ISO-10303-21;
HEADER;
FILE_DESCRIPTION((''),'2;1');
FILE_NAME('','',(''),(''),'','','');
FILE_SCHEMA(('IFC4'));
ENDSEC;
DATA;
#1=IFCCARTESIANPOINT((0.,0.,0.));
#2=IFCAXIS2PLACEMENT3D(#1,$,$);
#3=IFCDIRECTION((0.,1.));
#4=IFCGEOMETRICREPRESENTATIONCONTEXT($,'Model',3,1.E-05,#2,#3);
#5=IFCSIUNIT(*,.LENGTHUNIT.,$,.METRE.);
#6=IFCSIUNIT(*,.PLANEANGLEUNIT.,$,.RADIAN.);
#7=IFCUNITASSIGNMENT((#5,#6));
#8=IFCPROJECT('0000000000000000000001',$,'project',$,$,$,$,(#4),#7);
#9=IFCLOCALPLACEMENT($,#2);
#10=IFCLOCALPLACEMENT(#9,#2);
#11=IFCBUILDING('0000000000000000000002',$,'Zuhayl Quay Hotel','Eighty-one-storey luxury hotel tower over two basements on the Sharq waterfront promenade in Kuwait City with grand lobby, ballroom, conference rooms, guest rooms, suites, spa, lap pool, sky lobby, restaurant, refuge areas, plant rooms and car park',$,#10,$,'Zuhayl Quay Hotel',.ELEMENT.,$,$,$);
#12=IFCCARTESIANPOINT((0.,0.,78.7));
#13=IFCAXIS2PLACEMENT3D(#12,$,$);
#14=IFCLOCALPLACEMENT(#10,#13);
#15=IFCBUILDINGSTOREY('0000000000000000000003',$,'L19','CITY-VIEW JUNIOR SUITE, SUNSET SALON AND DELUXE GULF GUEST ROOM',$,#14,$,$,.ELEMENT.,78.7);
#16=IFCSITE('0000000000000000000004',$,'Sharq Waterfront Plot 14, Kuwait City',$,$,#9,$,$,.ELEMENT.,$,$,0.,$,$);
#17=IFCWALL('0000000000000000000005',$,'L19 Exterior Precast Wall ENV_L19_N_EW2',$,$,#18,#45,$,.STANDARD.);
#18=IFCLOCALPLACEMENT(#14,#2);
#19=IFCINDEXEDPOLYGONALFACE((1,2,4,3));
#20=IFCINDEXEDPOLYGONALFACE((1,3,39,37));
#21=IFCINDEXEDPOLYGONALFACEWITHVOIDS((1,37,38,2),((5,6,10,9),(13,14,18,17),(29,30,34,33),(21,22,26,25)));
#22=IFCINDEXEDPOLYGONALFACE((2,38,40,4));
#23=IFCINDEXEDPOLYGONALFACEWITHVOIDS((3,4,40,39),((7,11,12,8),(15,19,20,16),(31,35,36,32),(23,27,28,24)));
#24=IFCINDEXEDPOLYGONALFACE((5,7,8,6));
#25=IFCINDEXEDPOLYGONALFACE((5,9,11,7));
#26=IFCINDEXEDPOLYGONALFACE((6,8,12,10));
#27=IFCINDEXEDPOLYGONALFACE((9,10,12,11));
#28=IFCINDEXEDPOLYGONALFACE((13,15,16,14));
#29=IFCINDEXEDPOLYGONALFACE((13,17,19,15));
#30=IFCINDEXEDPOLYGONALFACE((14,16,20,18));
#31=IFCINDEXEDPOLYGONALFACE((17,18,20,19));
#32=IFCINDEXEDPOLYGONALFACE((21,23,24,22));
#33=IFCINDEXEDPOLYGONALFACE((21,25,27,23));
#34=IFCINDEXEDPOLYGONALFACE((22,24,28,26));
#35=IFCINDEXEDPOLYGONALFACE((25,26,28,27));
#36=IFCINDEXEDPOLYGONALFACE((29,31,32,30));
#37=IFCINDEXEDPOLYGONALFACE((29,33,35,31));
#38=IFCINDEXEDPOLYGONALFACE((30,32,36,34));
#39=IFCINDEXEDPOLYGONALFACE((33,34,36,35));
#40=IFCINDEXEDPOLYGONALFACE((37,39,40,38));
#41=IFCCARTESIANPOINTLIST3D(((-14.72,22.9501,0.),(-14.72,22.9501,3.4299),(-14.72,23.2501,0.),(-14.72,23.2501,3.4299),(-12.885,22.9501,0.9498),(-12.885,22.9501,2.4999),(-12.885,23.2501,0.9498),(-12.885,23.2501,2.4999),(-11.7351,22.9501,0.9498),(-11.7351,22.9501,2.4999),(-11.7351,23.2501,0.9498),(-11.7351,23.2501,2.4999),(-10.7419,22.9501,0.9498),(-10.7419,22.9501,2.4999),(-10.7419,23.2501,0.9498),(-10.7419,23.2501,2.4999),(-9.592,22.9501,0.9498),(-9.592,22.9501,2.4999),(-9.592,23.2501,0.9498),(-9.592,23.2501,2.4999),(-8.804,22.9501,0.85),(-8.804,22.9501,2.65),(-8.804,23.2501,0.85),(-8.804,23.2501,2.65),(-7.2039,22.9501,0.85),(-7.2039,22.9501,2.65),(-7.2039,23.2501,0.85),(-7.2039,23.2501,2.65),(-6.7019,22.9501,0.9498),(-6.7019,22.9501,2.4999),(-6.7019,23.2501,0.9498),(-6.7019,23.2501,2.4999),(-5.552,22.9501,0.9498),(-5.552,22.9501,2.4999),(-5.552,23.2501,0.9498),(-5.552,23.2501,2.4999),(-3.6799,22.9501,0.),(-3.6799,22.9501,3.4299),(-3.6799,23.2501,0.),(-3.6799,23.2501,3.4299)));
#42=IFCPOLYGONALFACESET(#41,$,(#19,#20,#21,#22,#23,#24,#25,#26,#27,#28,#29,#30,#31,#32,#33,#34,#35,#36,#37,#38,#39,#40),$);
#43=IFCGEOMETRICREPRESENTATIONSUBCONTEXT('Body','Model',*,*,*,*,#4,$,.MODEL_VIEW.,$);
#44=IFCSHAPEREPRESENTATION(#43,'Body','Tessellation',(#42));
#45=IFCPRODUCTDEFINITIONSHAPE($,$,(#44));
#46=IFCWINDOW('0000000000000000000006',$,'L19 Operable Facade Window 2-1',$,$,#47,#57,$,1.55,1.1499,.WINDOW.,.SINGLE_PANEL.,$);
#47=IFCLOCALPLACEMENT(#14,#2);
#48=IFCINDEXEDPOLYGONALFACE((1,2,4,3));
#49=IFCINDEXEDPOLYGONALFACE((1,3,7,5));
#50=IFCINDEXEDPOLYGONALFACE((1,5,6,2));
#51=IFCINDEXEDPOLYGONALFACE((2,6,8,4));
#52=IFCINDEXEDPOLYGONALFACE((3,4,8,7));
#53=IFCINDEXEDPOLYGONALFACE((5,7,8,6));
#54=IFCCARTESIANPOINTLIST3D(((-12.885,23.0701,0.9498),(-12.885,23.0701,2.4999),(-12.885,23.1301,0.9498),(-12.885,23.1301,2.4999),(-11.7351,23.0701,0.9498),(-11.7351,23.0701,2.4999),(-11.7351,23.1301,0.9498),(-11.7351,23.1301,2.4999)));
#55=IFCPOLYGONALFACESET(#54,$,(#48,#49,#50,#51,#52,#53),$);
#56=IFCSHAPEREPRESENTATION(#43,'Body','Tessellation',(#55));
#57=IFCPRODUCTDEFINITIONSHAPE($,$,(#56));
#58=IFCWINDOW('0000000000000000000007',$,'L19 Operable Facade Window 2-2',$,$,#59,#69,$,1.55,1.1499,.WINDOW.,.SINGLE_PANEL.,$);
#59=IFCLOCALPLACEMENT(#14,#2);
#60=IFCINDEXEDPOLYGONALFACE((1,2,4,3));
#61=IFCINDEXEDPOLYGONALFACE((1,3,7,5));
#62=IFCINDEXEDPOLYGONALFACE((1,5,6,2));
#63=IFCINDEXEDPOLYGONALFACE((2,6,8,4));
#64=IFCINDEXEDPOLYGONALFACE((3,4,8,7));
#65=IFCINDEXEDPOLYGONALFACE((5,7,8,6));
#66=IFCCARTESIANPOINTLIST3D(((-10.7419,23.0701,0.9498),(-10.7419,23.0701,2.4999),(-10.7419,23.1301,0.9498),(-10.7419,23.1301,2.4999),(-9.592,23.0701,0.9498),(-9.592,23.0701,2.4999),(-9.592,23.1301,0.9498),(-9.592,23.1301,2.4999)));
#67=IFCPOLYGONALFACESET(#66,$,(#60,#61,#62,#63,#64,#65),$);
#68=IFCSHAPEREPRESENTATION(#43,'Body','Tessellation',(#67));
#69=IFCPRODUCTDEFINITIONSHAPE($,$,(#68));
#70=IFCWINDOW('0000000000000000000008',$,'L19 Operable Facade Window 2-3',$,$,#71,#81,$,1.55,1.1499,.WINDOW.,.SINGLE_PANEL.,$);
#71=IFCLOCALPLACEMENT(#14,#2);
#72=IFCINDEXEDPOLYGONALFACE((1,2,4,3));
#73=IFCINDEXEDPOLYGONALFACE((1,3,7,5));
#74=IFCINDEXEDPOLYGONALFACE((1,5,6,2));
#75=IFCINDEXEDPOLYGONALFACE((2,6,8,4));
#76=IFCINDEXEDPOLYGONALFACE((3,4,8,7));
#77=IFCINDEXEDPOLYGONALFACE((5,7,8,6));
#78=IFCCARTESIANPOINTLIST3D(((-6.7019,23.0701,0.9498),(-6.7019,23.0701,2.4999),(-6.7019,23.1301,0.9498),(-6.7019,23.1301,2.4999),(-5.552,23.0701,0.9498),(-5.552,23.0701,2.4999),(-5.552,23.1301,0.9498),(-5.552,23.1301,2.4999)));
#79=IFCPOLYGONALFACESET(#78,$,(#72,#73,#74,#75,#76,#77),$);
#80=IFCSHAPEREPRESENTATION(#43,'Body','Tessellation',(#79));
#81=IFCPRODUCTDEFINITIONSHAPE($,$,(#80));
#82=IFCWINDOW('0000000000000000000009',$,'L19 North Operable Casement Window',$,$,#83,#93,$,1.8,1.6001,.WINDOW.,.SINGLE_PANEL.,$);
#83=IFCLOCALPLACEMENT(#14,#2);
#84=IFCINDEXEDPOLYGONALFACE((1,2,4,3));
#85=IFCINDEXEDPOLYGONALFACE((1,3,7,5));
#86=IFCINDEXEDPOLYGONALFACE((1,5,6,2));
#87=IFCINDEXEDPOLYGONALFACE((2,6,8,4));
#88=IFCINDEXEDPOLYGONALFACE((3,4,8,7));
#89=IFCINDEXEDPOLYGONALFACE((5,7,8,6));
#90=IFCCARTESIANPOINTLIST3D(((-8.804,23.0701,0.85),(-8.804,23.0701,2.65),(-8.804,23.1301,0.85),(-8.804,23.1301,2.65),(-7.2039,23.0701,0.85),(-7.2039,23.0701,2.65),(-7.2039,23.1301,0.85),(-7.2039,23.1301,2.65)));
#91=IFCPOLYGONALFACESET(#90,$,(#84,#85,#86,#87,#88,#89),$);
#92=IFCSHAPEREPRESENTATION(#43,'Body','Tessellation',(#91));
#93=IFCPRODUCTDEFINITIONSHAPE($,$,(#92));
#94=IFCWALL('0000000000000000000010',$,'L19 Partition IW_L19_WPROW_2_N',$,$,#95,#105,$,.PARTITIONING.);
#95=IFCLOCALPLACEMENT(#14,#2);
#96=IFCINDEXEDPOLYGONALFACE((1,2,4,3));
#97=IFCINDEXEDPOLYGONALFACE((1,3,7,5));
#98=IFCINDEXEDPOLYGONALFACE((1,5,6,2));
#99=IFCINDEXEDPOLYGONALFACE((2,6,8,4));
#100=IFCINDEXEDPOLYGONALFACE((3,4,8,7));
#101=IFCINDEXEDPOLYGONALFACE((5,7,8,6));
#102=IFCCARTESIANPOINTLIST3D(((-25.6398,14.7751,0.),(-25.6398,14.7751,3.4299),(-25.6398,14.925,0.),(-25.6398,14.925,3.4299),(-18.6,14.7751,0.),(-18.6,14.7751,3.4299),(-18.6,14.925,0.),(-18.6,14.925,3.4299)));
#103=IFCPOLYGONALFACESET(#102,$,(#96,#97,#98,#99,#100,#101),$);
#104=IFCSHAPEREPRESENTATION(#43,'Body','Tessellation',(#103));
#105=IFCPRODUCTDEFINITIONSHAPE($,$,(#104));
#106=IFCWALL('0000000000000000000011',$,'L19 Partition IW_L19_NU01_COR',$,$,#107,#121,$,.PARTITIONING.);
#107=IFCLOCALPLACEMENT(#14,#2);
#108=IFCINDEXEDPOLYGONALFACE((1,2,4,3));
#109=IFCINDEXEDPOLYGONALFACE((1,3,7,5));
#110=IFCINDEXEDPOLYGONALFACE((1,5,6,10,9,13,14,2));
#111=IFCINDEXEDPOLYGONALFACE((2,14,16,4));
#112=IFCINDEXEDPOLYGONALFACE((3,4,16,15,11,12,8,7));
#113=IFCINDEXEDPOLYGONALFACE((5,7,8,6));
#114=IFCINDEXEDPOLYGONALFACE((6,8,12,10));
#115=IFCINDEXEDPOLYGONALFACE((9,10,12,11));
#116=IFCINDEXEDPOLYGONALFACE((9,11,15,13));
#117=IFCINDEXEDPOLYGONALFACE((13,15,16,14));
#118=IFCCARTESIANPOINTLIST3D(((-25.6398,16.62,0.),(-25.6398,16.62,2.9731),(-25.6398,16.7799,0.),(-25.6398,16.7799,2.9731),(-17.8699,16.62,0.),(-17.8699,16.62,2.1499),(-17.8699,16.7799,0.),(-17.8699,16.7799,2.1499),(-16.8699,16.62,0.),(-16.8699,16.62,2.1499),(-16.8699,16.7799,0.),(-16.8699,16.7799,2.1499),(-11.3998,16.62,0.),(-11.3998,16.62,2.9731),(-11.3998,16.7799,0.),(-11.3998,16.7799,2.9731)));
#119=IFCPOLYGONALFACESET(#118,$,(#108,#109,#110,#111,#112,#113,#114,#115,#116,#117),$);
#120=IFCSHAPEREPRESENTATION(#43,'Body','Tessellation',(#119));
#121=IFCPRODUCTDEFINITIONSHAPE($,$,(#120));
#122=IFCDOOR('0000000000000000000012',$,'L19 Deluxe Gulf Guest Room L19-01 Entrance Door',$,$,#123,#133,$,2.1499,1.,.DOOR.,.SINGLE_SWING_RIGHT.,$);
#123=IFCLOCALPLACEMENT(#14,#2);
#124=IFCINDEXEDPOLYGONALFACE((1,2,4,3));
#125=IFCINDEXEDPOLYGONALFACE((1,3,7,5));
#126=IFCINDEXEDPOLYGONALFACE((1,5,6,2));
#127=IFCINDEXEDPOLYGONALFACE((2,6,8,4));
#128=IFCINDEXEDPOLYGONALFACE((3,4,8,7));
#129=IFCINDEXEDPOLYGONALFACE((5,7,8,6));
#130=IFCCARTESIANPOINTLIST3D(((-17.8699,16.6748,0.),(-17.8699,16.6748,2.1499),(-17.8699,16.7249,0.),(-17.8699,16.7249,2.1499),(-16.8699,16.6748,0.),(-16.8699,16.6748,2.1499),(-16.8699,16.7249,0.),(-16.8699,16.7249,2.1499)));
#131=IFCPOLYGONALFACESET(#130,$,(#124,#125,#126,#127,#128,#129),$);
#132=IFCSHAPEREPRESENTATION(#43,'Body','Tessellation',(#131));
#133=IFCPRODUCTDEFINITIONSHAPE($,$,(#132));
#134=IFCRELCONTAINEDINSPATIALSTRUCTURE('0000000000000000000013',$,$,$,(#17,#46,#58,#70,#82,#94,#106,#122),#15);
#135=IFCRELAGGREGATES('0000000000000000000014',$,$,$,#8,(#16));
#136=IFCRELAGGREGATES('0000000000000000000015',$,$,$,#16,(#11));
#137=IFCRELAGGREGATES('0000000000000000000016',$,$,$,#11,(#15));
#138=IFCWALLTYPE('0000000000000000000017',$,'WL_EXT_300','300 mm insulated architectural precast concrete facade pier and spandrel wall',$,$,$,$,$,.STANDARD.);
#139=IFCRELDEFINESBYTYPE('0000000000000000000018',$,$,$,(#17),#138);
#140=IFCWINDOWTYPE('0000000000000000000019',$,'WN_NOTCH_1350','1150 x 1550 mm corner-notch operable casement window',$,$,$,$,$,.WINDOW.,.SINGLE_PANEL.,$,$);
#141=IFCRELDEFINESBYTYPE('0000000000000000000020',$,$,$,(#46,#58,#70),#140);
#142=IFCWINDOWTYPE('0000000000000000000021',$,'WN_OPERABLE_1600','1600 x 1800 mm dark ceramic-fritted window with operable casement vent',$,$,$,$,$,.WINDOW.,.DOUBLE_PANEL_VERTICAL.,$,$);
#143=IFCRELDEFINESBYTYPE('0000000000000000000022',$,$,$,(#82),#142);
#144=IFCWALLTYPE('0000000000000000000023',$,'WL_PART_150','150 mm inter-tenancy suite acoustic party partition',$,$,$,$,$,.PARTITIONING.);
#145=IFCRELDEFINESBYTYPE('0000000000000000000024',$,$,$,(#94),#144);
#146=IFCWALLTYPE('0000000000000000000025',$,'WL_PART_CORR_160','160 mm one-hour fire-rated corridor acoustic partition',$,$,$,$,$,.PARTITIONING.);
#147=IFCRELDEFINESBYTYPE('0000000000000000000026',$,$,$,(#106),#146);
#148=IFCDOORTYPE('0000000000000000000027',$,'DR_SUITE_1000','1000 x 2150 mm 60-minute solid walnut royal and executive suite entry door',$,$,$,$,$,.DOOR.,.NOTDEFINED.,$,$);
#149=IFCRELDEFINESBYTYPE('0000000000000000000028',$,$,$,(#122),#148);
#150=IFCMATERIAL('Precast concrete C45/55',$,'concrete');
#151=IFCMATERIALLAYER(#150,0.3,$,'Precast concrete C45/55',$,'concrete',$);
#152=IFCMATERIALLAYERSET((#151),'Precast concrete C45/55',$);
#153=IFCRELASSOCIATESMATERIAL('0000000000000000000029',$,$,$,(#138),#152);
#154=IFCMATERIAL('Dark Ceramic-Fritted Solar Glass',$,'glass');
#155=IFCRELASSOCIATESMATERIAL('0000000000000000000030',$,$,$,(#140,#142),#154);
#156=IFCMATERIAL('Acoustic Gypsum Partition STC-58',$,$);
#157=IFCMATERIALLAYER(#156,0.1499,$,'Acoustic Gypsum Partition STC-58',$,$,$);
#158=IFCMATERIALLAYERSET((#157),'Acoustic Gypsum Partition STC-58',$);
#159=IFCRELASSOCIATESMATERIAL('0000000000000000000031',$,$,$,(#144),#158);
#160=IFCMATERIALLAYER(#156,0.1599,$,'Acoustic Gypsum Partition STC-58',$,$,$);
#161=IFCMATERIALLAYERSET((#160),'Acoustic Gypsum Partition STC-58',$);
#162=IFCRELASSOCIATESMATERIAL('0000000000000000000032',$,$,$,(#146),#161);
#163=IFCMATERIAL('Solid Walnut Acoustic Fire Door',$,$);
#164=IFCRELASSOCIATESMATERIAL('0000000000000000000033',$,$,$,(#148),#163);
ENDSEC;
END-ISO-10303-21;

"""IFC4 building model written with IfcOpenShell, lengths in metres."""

from ifc_helpers import new_model, si_unit, direction, frame, frame_2d, origin, place, context, subcontext, project, spatial, rectangle, extrude, material, layer, layer_set, type_object, element, fill, save


model = new_model("IFC4")

# Units and contexts
model_context = context("Model", 3, precision=1e-05, world=origin(), true_north=direction((0.0, 1.0)))
body_context = subcontext(model_context, "Body", "Model", "MODEL_VIEW")
ifc_project = project(units=[si_unit("LENGTHUNIT", "METRE"), si_unit("PLANEANGLEUNIT", "RADIAN")], contexts=[model_context])

# Site, building, storey
site_placement = place(None, origin())
site = spatial("IfcSite", under=ifc_project, at=site_placement, Name="Sharq Waterfront Plot 14, Kuwait City", CompositionType="ELEMENT", RefElevation=0.0)
building_placement = place(site_placement, origin())
building = spatial("IfcBuilding", under=site, at=building_placement, Name="Zuhayl Quay Hotel", Description="Eighty-one-storey luxury hotel tower over two basements on the Sharq waterfront promenade in Kuwait City with grand lobby, ballroom, conference rooms, guest rooms, suites, spa, lap pool, sky lobby, restaurant, refuge areas, plant rooms and car park", LongName="Zuhayl Quay Hotel", CompositionType="ELEMENT")
storey_placement = place(building_placement, frame((0.0, 0.0, 78.7)))
storey = spatial("IfcBuildingStorey", under=building, at=storey_placement, Name="L19", Description="CITY-VIEW JUNIOR SUITE, SUNSET SALON AND DELUXE GULF GUEST ROOM", CompositionType="ELEMENT", Elevation=78.7)

# Shared definitions
ifc_material_1 = material(Name="Dark Ceramic-Fritted Solar Glass", Category="glass")

# Shared definitions
ifc_material_2 = material(Name="Precast concrete C45/55", Category="concrete")
ifc_layer_1 = layer(ifc_material_2, 0.3, Name="Precast concrete C45/55", Category="concrete")
ifc_layer_set_1 = layer_set([ifc_layer_1], Name="Precast concrete C45/55")
wall_type_1 = type_object("IfcWallType", Name="WL_EXT_300", Description="300 mm insulated architectural precast concrete facade pier and spandrel wall", PredefinedType="STANDARD", material=ifc_layer_set_1)
window_type_1 = type_object("IfcWindowType", Name="WN_NOTCH_1350", Description="1150 x 1550 mm corner-notch operable casement window", PartitioningType="SINGLE_PANEL", PredefinedType="WINDOW", material=ifc_material_1)

# Wall, openings, windows
wall_1_placement = place(storey_placement, frame((-14.72, 23.1001, 0.0), z_axis=(0.0, 0.0, 1.0), x_axis=(1.0, 0.0, 0.0)))
wall_1 = element("IfcWall", 1, at=wall_1_placement, inside=storey, type_object=wall_type_1, Name="L19 Exterior Precast Wall ENV_L19_N_EW2", PredefinedType="STANDARD", context=body_context, shape_type="SweptSolid", body=[
    extrude(rectangle(XDim=11.04, YDim=0.3, at=frame_2d((5.52, 0.0))), origin(), (0.0, 0.0, 1.0), 3.4299),
])
opening_1_placement = place(wall_1_placement, frame((5.916, 0.0, 0.8501)))
opening_1 = element("IfcOpeningElement", 2, at=opening_1_placement, cuts=wall_1, PredefinedType="OPENING", context=body_context, shape_type="SweptSolid", body=[
    extrude(rectangle(XDim=1.6001, YDim=1.8, at=frame_2d((0.8, 0.8999))), frame((0.0, 0.1599, 0.0), z_axis=(0.0, -1.0, 0.0), x_axis=(1.0, 0.0, 0.0)), (0.0, 0.0, 1.0), 0.3201),
])
opening_2_placement = place(wall_1_placement, frame((1.835, 0.0, 0.95)))
opening_2 = element("IfcOpeningElement", 3, at=opening_2_placement, cuts=wall_1, PredefinedType="OPENING", context=body_context, shape_type="SweptSolid", body=[
    extrude(rectangle(XDim=1.1499, YDim=1.55, at=frame_2d((0.575, 0.7749))), frame((0.0, 0.1599, 0.0), z_axis=(0.0, -1.0, 0.0), x_axis=(1.0, 0.0, 0.0)), (0.0, 0.0, 1.0), 0.3201),
])
opening_3_placement = place(wall_1_placement, frame((3.978, 0.0, 0.95)))
opening_3 = element("IfcOpeningElement", 4, at=opening_3_placement, cuts=wall_1, PredefinedType="OPENING", context=body_context, shape_type="SweptSolid", body=[
    extrude(rectangle(XDim=1.1499, YDim=1.55, at=frame_2d((0.575, 0.7749))), frame((0.0, 0.1599, 0.0), z_axis=(0.0, -1.0, 0.0), x_axis=(1.0, 0.0, 0.0)), (0.0, 0.0, 1.0), 0.3201),
])
opening_4_placement = place(wall_1_placement, frame((8.0181, 0.0, 0.95)))
opening_4 = element("IfcOpeningElement", 5, at=opening_4_placement, cuts=wall_1, PredefinedType="OPENING", context=body_context, shape_type="SweptSolid", body=[
    extrude(rectangle(XDim=1.1499, YDim=1.55, at=frame_2d((0.575, 0.7749))), frame((0.0, 0.1599, 0.0), z_axis=(0.0, -1.0, 0.0), x_axis=(1.0, 0.0, 0.0)), (0.0, 0.0, 1.0), 0.3201),
])
window_1_placement = place(opening_2_placement, origin())
window_1 = element("IfcWindow", 6, at=window_1_placement, inside=storey, type_object=window_type_1, Name="L19 Operable Facade Window 2-1", OverallHeight=1.55, OverallWidth=1.1499, PartitioningType="SINGLE_PANEL", PredefinedType="WINDOW", context=body_context, shape_type="SweptSolid", body=[
    extrude(rectangle(XDim=1.1499, YDim=1.55, at=frame_2d((0.575, 0.7749))), frame((0.0, 0.03, 0.0), z_axis=(0.0, -1.0, 0.0), x_axis=(1.0, 0.0, 0.0)), (0.0, 0.0, 1.0), 0.0601),
])
fill(opening_2, window_1)
window_2_placement = place(opening_3_placement, origin())
window_2 = element("IfcWindow", 7, at=window_2_placement, inside=storey, type_object=window_type_1, Name="L19 Operable Facade Window 2-2", OverallHeight=1.55, OverallWidth=1.1499, PartitioningType="SINGLE_PANEL", PredefinedType="WINDOW", context=body_context, shape_type="SweptSolid", body=[
    extrude(rectangle(XDim=1.1499, YDim=1.55, at=frame_2d((0.575, 0.7749))), frame((0.0, 0.03, 0.0), z_axis=(0.0, -1.0, 0.0), x_axis=(1.0, 0.0, 0.0)), (0.0, 0.0, 1.0), 0.0601),
])
fill(opening_3, window_2)
window_3_placement = place(opening_4_placement, origin())
window_3 = element("IfcWindow", 8, at=window_3_placement, inside=storey, type_object=window_type_1, Name="L19 Operable Facade Window 2-3", OverallHeight=1.55, OverallWidth=1.1499, PartitioningType="SINGLE_PANEL", PredefinedType="WINDOW", context=body_context, shape_type="SweptSolid", body=[
    extrude(rectangle(XDim=1.1499, YDim=1.55, at=frame_2d((0.575, 0.7749))), frame((0.0, 0.03, 0.0), z_axis=(0.0, -1.0, 0.0), x_axis=(1.0, 0.0, 0.0)), (0.0, 0.0, 1.0), 0.0601),
])
fill(opening_4, window_3)
window_type_2 = type_object("IfcWindowType", Name="WN_OPERABLE_1600", Description="1600 x 1800 mm dark ceramic-fritted window with operable casement vent", PartitioningType="DOUBLE_PANEL_VERTICAL", PredefinedType="WINDOW", material=ifc_material_1)
window_4_placement = place(opening_1_placement, origin())
window_4 = element("IfcWindow", 9, at=window_4_placement, inside=storey, type_object=window_type_2, Name="L19 North Operable Casement Window", OverallHeight=1.8, OverallWidth=1.6001, PartitioningType="SINGLE_PANEL", PredefinedType="WINDOW", context=body_context, shape_type="SweptSolid", body=[
    extrude(rectangle(XDim=1.6001, YDim=1.8, at=frame_2d((0.8, 0.8999))), frame((0.0, 0.03, 0.0), z_axis=(0.0, -1.0, 0.0), x_axis=(1.0, 0.0, 0.0)), (0.0, 0.0, 1.0), 0.0601),
])
fill(opening_1, window_4)

# Wall
ifc_material_3 = material(Name="Acoustic Gypsum Partition STC-58")
ifc_layer_2 = layer(ifc_material_3, 0.1499, Name="Acoustic Gypsum Partition STC-58")
ifc_layer_set_2 = layer_set([ifc_layer_2], Name="Acoustic Gypsum Partition STC-58")
wall_type_2 = type_object("IfcWallType", Name="WL_PART_150", Description="150 mm inter-tenancy suite acoustic party partition", PredefinedType="PARTITIONING", material=ifc_layer_set_2)
wall_2_placement = place(storey_placement, frame((-25.6399, 14.8501, 0.0), z_axis=(0.0, 0.0, 1.0), x_axis=(1.0, 0.0, 0.0)))
element("IfcWall", 10, at=wall_2_placement, inside=storey, type_object=wall_type_2, Name="L19 Partition IW_L19_WPROW_2_N", PredefinedType="PARTITIONING", context=body_context, shape_type="SweptSolid", body=[
    extrude(rectangle(XDim=7.0398, YDim=0.1499, at=frame_2d((3.52, 0.0))), origin(), (0.0, 0.0, 1.0), 3.4299),
])

# Wall, opening, door
ifc_layer_3 = layer(ifc_material_3, 0.1599, Name="Acoustic Gypsum Partition STC-58")
ifc_layer_set_3 = layer_set([ifc_layer_3], Name="Acoustic Gypsum Partition STC-58")
wall_type_3 = type_object("IfcWallType", Name="WL_PART_CORR_160", Description="160 mm one-hour fire-rated corridor acoustic partition", PredefinedType="PARTITIONING", material=ifc_layer_set_3)
wall_3_placement = place(storey_placement, frame((-25.6399, 16.7, 0.0), z_axis=(0.0, 0.0, 1.0), x_axis=(1.0, 0.0, 0.0)))
wall_3 = element("IfcWall", 11, at=wall_3_placement, inside=storey, type_object=wall_type_3, Name="L19 Partition IW_L19_NU01_COR", PredefinedType="PARTITIONING", context=body_context, shape_type="SweptSolid", body=[
    extrude(rectangle(XDim=14.24, YDim=0.1599, at=frame_2d((7.1201, 0.0))), origin(), (0.0, 0.0, 1.0), 2.9731),
])
opening_5_placement = place(wall_3_placement, frame((7.77, 0.0, 0.0)))
opening_5 = element("IfcOpeningElement", 12, at=opening_5_placement, cuts=wall_3, PredefinedType="OPENING", context=body_context, shape_type="SweptSolid", body=[
    extrude(rectangle(XDim=1.0, YDim=2.1499, at=frame_2d((0.5, 1.075))), frame((0.0, 0.0898, 0.0), z_axis=(0.0, -1.0, 0.0), x_axis=(1.0, 0.0, 0.0)), (0.0, 0.0, 1.0), 0.1799),
])
ifc_material_4 = material(Name="Solid Walnut Acoustic Fire Door")
door_type_1 = type_object("IfcDoorType", Name="DR_SUITE_1000", Description="1000 x 2150 mm 60-minute solid walnut royal and executive suite entry door", OperationType="NOTDEFINED", PredefinedType="DOOR", material=ifc_material_4)
door_1_placement = place(opening_5_placement, origin())
door_1 = element("IfcDoor", 13, at=door_1_placement, inside=storey, type_object=door_type_1, Name="L19 Deluxe Gulf Guest Room L19-01 Entrance Door", OperationType="SINGLE_SWING_RIGHT", OverallHeight=2.1499, OverallWidth=1.0, PredefinedType="DOOR", context=body_context, shape_type="SweptSolid", body=[
    extrude(rectangle(XDim=1.0, YDim=2.1499, at=frame_2d((0.5, 1.075))), frame((0.0, 0.0249, 0.0), z_axis=(0.0, -1.0, 0.0), x_axis=(1.0, 0.0, 0.0)), (0.0, 0.0, 1.0), 0.05),
])
fill(opening_5, door_1)

save(model, "model.ifc")
